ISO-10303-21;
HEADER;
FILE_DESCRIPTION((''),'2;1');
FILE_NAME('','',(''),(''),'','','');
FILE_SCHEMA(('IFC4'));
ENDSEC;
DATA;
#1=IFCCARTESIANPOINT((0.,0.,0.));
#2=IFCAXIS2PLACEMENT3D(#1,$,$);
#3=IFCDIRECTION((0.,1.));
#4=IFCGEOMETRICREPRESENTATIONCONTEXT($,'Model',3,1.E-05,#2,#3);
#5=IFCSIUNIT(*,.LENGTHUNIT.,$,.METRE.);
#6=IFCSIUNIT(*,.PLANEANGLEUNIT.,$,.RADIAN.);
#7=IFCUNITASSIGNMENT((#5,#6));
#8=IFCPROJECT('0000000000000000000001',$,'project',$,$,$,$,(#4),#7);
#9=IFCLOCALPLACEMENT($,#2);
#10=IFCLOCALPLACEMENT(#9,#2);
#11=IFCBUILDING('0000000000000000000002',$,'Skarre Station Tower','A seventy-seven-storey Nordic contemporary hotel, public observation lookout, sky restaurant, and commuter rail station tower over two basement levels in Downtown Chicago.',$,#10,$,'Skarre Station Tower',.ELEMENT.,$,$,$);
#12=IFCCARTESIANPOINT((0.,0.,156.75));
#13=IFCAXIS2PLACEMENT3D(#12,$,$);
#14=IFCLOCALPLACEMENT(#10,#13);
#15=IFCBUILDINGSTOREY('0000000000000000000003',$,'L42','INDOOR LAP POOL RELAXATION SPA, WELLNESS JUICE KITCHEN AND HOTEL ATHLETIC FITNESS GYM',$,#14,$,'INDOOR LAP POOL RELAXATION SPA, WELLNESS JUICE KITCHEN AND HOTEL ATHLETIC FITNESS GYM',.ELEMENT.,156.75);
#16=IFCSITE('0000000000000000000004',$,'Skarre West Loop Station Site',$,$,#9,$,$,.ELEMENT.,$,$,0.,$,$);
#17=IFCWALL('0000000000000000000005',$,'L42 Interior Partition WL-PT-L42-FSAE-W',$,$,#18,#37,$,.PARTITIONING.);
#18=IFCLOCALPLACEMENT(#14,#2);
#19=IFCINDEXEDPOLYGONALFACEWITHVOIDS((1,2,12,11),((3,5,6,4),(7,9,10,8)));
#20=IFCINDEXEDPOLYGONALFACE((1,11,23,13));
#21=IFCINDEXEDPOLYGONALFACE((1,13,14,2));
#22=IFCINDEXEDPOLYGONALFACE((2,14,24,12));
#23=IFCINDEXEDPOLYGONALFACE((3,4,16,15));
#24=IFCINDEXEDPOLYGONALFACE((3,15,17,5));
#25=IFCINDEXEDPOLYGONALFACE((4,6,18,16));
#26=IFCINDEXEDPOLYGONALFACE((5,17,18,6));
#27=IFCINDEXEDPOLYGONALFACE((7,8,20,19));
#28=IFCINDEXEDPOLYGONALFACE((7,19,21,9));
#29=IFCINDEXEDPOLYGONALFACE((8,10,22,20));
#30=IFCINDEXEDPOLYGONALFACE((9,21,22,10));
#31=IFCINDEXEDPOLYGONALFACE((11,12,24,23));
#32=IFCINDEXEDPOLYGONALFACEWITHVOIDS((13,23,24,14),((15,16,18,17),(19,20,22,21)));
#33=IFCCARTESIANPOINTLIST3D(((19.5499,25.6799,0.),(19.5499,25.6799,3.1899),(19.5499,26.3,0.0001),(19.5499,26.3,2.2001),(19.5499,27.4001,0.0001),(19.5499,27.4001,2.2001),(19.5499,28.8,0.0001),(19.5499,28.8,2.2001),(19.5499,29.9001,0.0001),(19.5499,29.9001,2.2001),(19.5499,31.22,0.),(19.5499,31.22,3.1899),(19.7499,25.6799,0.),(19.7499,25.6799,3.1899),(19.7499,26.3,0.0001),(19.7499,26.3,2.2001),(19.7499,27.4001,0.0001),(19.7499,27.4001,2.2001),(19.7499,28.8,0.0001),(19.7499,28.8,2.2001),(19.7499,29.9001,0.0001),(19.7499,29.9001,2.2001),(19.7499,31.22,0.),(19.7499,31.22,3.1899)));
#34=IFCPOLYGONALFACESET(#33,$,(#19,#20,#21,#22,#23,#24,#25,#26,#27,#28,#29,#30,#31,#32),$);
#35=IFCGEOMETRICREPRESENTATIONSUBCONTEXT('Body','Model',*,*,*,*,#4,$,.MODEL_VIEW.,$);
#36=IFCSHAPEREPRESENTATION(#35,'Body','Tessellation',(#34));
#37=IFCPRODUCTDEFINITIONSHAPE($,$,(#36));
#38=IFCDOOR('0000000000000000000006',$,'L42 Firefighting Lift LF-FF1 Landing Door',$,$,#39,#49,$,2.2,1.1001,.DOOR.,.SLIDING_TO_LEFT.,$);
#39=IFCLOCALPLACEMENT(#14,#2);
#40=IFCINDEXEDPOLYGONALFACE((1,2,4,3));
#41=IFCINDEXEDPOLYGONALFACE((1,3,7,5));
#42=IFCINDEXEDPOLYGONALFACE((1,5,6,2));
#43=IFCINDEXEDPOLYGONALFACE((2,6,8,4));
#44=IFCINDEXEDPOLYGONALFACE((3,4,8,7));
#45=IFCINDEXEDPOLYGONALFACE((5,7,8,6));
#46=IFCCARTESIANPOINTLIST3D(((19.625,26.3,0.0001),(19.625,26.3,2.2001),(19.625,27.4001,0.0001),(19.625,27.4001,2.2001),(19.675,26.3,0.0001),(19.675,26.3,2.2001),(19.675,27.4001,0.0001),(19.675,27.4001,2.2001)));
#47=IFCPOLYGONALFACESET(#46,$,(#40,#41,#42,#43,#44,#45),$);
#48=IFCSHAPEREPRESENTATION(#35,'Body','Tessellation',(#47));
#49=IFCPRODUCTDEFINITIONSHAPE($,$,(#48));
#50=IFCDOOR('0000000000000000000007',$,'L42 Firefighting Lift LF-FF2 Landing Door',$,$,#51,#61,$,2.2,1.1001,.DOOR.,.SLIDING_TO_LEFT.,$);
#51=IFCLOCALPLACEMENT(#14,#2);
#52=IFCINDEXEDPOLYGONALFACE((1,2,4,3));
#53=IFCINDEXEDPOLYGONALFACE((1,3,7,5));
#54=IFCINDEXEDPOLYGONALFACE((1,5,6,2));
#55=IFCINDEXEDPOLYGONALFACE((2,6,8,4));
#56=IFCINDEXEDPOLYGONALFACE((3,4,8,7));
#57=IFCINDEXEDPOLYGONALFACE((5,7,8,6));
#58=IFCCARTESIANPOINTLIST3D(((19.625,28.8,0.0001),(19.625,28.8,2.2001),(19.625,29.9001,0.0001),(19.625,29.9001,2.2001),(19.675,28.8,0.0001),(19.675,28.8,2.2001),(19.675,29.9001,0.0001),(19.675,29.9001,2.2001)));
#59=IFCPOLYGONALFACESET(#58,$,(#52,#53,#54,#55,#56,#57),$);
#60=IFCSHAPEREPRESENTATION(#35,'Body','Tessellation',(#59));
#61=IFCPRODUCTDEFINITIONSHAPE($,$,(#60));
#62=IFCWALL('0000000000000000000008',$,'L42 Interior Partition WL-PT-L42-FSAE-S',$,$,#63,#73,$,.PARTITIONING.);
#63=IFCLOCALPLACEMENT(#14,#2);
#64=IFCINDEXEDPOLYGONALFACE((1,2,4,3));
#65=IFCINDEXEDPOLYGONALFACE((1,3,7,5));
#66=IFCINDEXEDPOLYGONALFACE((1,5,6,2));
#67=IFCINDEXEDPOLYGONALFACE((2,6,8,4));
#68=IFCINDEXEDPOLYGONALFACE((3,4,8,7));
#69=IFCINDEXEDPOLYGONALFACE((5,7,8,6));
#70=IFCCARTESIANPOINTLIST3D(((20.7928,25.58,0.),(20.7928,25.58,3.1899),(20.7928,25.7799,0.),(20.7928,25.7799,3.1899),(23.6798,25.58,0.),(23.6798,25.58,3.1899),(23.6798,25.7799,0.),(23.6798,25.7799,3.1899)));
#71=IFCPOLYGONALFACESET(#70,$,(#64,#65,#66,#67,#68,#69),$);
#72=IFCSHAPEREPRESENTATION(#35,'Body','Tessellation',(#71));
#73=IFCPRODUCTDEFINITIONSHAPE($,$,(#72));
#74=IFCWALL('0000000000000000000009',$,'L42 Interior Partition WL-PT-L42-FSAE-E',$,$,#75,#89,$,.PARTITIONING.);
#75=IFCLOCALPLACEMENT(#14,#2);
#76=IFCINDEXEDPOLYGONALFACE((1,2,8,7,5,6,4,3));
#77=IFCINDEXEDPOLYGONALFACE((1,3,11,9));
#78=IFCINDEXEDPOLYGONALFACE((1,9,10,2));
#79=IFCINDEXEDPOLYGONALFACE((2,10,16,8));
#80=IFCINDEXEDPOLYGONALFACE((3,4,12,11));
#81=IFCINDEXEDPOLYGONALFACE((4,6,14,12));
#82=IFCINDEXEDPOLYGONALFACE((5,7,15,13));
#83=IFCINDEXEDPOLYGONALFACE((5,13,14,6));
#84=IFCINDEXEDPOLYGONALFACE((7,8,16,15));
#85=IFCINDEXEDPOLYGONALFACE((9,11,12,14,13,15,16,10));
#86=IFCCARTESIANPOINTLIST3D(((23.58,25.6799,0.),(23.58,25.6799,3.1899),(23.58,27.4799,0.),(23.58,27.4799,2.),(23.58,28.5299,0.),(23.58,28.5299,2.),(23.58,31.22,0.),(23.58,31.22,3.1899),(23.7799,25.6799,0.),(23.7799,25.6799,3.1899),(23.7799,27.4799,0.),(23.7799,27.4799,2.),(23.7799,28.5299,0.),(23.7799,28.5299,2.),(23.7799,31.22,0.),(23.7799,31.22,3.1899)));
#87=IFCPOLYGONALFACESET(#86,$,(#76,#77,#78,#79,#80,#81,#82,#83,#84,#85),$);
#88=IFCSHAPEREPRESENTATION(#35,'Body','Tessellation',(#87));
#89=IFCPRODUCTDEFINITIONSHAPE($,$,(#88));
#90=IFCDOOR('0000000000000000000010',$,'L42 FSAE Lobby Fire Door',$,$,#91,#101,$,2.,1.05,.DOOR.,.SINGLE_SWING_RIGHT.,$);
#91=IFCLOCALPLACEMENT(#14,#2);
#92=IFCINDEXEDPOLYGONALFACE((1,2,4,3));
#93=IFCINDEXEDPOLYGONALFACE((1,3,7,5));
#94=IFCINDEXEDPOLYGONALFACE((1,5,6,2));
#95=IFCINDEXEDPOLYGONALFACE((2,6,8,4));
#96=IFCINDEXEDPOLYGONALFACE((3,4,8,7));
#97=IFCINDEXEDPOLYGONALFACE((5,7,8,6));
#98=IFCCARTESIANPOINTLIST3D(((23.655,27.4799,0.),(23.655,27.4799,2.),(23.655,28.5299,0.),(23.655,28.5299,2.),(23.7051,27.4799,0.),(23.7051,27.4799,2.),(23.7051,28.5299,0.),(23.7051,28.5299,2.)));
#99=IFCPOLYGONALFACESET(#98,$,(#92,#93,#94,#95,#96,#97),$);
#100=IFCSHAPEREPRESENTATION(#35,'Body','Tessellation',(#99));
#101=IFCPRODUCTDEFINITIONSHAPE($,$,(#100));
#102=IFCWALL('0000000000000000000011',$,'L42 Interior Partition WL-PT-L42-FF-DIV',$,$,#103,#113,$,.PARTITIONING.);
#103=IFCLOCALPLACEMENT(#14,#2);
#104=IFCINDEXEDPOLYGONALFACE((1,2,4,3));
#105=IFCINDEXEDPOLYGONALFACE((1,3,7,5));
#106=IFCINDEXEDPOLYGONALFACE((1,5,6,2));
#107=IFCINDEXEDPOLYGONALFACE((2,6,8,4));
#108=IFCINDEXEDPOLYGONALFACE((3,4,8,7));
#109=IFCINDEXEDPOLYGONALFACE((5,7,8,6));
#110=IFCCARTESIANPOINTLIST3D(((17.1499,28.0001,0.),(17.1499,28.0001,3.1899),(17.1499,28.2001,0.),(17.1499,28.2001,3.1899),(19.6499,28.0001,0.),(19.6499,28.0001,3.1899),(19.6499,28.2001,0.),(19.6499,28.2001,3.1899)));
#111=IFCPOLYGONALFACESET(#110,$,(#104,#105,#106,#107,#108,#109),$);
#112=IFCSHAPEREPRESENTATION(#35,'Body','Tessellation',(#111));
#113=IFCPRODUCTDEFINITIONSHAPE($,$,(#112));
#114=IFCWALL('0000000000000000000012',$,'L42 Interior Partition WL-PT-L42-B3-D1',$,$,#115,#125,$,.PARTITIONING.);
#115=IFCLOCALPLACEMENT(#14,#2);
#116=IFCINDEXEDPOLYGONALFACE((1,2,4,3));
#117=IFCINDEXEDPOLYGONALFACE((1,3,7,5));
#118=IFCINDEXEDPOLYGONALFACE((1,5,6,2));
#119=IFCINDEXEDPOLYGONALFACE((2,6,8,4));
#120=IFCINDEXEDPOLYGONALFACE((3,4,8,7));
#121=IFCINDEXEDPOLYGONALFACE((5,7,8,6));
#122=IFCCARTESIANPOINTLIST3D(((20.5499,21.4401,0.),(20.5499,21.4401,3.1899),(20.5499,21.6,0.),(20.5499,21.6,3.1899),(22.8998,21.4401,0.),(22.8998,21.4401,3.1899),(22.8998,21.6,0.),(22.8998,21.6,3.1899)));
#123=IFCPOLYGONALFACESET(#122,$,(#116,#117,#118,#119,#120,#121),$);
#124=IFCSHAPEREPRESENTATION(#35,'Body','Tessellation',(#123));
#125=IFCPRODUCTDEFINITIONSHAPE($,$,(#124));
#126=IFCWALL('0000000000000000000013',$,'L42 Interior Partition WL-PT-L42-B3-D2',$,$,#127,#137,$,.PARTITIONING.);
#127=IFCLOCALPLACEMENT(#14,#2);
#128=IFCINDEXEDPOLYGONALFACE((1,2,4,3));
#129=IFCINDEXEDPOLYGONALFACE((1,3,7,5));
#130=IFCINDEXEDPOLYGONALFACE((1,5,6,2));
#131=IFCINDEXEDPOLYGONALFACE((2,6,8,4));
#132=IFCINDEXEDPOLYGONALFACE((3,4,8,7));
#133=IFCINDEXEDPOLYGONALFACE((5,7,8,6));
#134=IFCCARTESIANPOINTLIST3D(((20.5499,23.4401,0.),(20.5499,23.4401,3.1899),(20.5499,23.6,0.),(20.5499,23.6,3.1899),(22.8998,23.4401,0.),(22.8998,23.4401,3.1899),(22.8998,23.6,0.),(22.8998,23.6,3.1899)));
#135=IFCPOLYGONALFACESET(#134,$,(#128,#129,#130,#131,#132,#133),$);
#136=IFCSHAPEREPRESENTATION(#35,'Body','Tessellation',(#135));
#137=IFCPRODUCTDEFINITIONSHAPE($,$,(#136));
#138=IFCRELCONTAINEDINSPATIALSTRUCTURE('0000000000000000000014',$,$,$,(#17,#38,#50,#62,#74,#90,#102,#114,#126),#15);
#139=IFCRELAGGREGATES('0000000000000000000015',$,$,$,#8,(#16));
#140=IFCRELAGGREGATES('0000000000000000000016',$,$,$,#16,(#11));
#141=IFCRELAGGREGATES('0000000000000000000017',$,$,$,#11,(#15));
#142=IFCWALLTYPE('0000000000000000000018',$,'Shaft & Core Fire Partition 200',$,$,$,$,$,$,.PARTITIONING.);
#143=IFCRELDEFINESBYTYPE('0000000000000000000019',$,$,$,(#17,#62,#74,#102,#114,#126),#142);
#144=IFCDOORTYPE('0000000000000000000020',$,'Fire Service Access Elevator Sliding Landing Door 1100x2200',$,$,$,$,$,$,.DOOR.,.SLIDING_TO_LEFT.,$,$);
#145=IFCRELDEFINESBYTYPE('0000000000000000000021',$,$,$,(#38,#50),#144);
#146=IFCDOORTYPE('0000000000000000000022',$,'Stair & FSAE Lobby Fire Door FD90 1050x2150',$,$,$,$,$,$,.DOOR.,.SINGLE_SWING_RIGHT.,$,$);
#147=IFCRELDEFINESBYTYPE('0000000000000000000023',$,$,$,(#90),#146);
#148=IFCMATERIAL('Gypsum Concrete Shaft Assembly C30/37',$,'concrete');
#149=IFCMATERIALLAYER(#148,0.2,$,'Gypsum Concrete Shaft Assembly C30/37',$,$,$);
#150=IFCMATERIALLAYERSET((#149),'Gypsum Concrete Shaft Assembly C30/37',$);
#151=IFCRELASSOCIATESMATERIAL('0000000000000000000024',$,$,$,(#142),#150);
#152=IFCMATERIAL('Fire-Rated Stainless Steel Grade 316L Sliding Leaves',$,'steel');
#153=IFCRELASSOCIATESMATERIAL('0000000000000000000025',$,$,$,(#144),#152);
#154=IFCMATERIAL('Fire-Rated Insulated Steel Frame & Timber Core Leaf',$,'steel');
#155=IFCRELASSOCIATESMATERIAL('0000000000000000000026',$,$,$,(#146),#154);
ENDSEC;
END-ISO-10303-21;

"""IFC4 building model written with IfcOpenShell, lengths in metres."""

from ifc_helpers import new_model, si_unit, direction, frame, frame_2d, origin, place, context, subcontext, project, spatial, rectangle, extrude, material, layer, layer_set, type_object, element, fill, save


model = new_model("IFC4")

# Units and contexts
model_context = context("Model", 3, precision=1e-05, world=origin(), true_north=direction((0.0, 1.0)))
body_context = subcontext(model_context, "Body", "Model", "MODEL_VIEW")
ifc_project = project(units=[si_unit("LENGTHUNIT", "METRE"), si_unit("PLANEANGLEUNIT", "RADIAN")], contexts=[model_context])

# Site, building, storey
site_placement = place(None, origin())
site = spatial("IfcSite", under=ifc_project, at=site_placement, Name="Skarre West Loop Station Site", CompositionType="ELEMENT", RefElevation=0.0)
building_placement = place(site_placement, origin())
building = spatial("IfcBuilding", under=site, at=building_placement, Name="Skarre Station Tower", Description="A seventy-seven-storey Nordic contemporary hotel, public observation lookout, sky restaurant, and commuter rail station tower over two basement levels in Downtown Chicago.", LongName="Skarre Station Tower", CompositionType="ELEMENT")
storey_placement = place(building_placement, frame((0.0, 0.0, 156.75)))
storey = spatial("IfcBuildingStorey", under=building, at=storey_placement, Name="L42", Description="INDOOR LAP POOL RELAXATION SPA, WELLNESS JUICE KITCHEN AND HOTEL ATHLETIC FITNESS GYM", LongName="INDOOR LAP POOL RELAXATION SPA, WELLNESS JUICE KITCHEN AND HOTEL ATHLETIC FITNESS GYM", CompositionType="ELEMENT", Elevation=156.75)

# Wall, openings, doors
ifc_material_1 = material(Name="Gypsum Concrete Shaft Assembly C30/37", Category="concrete")
ifc_layer_1 = layer(ifc_material_1, 0.2, Name="Gypsum Concrete Shaft Assembly C30/37")
ifc_layer_set_1 = layer_set([ifc_layer_1], Name="Gypsum Concrete Shaft Assembly C30/37")
wall_type_1 = type_object("IfcWallType", Name="Shaft & Core Fire Partition 200", PredefinedType="PARTITIONING", material=ifc_layer_set_1)
wall_1_placement = place(storey_placement, frame((19.6499, 25.6799, 0.0), z_axis=(0.0, 0.0, 1.0), x_axis=(0.0, 1.0, 0.0)))
wall_1 = element("IfcWall", 1, at=wall_1_placement, inside=storey, type_object=wall_type_1, Name="L42 Interior Partition WL-PT-L42-FSAE-W", PredefinedType="PARTITIONING", context=body_context, shape_type="SweptSolid", body=[
    extrude(rectangle(XDim=5.54, YDim=0.2, at=frame_2d((2.77, 0.0))), origin(), (0.0, 0.0, 1.0), 3.1899),
])
opening_1_placement = place(wall_1_placement, frame((0.6201, 0.0, 0.0)))
opening_1 = element("IfcOpeningElement", 2, at=opening_1_placement, cuts=wall_1, PredefinedType="OPENING", context=body_context, shape_type="SweptSolid", body=[
    extrude(rectangle(XDim=1.1001, YDim=2.2, at=frame_2d((0.55, 1.1001))), frame((0.0, 0.1099, 0.0), z_axis=(0.0, -1.0, 0.0), x_axis=(1.0, 0.0, 0.0)), (0.0, 0.0, 1.0), 0.22),
])
opening_2_placement = place(wall_1_placement, frame((3.1201, 0.0, 0.0)))
opening_2 = element("IfcOpeningElement", 3, at=opening_2_placement, cuts=wall_1, PredefinedType="OPENING", context=body_context, shape_type="SweptSolid", body=[
    extrude(rectangle(XDim=1.1001, YDim=2.2, at=frame_2d((0.55, 1.1001))), frame((0.0, 0.1099, 0.0), z_axis=(0.0, -1.0, 0.0), x_axis=(1.0, 0.0, 0.0)), (0.0, 0.0, 1.0), 0.22),
])
ifc_material_2 = material(Name="Fire-Rated Stainless Steel Grade 316L Sliding Leaves", Category="steel")
door_type_1 = type_object("IfcDoorType", Name="Fire Service Access Elevator Sliding Landing Door 1100x2200", OperationType="SLIDING_TO_LEFT", PredefinedType="DOOR", material=ifc_material_2)
door_1_placement = place(opening_1_placement, origin())
door_1 = element("IfcDoor", 4, at=door_1_placement, inside=storey, type_object=door_type_1, Name="L42 Firefighting Lift LF-FF1 Landing Door", OperationType="SLIDING_TO_LEFT", OverallHeight=2.2, OverallWidth=1.1001, PredefinedType="DOOR", context=body_context, shape_type="SweptSolid", body=[
    extrude(rectangle(XDim=1.1001, YDim=2.2, at=frame_2d((0.55, 1.1001))), frame((0.0, 0.0249, 0.0), z_axis=(0.0, -1.0, 0.0), x_axis=(1.0, 0.0, 0.0)), (0.0, 0.0, 1.0), 0.05),
])
fill(opening_1, door_1)
door_2_placement = place(opening_2_placement, origin())
door_2 = element("IfcDoor", 5, at=door_2_placement, inside=storey, type_object=door_type_1, Name="L42 Firefighting Lift LF-FF2 Landing Door", OperationType="SLIDING_TO_LEFT", OverallHeight=2.2, OverallWidth=1.1001, PredefinedType="DOOR", context=body_context, shape_type="SweptSolid", body=[
    extrude(rectangle(XDim=1.1001, YDim=2.2, at=frame_2d((0.55, 1.1001))), frame((0.0, 0.0249, 0.0), z_axis=(0.0, -1.0, 0.0), x_axis=(1.0, 0.0, 0.0)), (0.0, 0.0, 1.0), 0.05),
])
fill(opening_2, door_2)

# Wall
wall_2_placement = place(storey_placement, frame((20.793, 25.6799, 0.0), z_axis=(0.0, 0.0, 1.0), x_axis=(1.0, 0.0, 0.0)))
element("IfcWall", 6, at=wall_2_placement, inside=storey, type_object=wall_type_1, Name="L42 Interior Partition WL-PT-L42-FSAE-S", PredefinedType="PARTITIONING", context=body_context, shape_type="SweptSolid", body=[
    extrude(rectangle(XDim=2.887, YDim=0.2, at=frame_2d((1.4434, 0.0))), origin(), (0.0, 0.0, 1.0), 3.1899),
])

# Wall, opening, door
wall_3_placement = place(storey_placement, frame((23.6799, 25.6799, 0.0), z_axis=(0.0, 0.0, 1.0), x_axis=(0.0, 1.0, 0.0)))
wall_3 = element("IfcWall", 7, at=wall_3_placement, inside=storey, type_object=wall_type_1, Name="L42 Interior Partition WL-PT-L42-FSAE-E", PredefinedType="PARTITIONING", context=body_context, shape_type="SweptSolid", body=[
    extrude(rectangle(XDim=5.54, YDim=0.2, at=frame_2d((2.77, 0.0))), origin(), (0.0, 0.0, 1.0), 3.1899),
])
opening_3_placement = place(wall_3_placement, frame((1.8, 0.0, 0.0)))
opening_3 = element("IfcOpeningElement", 8, at=opening_3_placement, cuts=wall_3, PredefinedType="OPENING", context=body_context, shape_type="SweptSolid", body=[
    extrude(rectangle(XDim=1.05, YDim=2.0, at=frame_2d((0.5249, 1.0))), frame((0.0, 0.1099, 0.0), z_axis=(0.0, -1.0, 0.0), x_axis=(1.0, 0.0, 0.0)), (0.0, 0.0, 1.0), 0.22),
])
ifc_material_3 = material(Name="Fire-Rated Insulated Steel Frame & Timber Core Leaf", Category="steel")
door_type_2 = type_object("IfcDoorType", Name="Stair & FSAE Lobby Fire Door FD90 1050x2150", OperationType="SINGLE_SWING_RIGHT", PredefinedType="DOOR", material=ifc_material_3)
door_3_placement = place(opening_3_placement, origin())
door_3 = element("IfcDoor", 9, at=door_3_placement, inside=storey, type_object=door_type_2, Name="L42 FSAE Lobby Fire Door", OperationType="SINGLE_SWING_RIGHT", OverallHeight=2.0, OverallWidth=1.05, PredefinedType="DOOR", context=body_context, shape_type="SweptSolid", body=[
    extrude(rectangle(XDim=1.05, YDim=2.0, at=frame_2d((0.5249, 1.0))), frame((0.0, 0.0249, 0.0), z_axis=(0.0, -1.0, 0.0), x_axis=(1.0, 0.0, 0.0)), (0.0, 0.0, 1.0), 0.05),
])
fill(opening_3, door_3)

# Walls
wall_4_placement = place(storey_placement, frame((17.1499, 28.1001, 0.0), z_axis=(0.0, 0.0, 1.0), x_axis=(1.0, 0.0, 0.0)))
element("IfcWall", 10, at=wall_4_placement, inside=storey, type_object=wall_type_1, Name="L42 Interior Partition WL-PT-L42-FF-DIV", PredefinedType="PARTITIONING", context=body_context, shape_type="SweptSolid", body=[
    extrude(rectangle(XDim=2.5, YDim=0.2, at=frame_2d((1.25, 0.0))), origin(), (0.0, 0.0, 1.0), 3.1899),
])
for number, where, z_axis, x_axis, name in (
    (11, (20.55, 21.52, 0.0), (0.0, 0.0, 1.0), (1.0, 0.0, 0.0), "L42 Interior Partition WL-PT-L42-B3-D1"),
    (12, (20.55, 23.52, 0.0), (0.0, 0.0, 1.0), (1.0, 0.0, 0.0), "L42 Interior Partition WL-PT-L42-B3-D2"),
):
    element("IfcWall", number, at=place(storey_placement, frame(where, z_axis=z_axis, x_axis=x_axis)), inside=storey, type_object=wall_type_1, Name=name, PredefinedType="PARTITIONING", context=body_context, shape_type="SweptSolid", body=[
        extrude(rectangle(XDim=2.3499, YDim=0.1599, at=frame_2d((1.1748, 0.0))), origin(), (0.0, 0.0, 1.0), 3.1899),
    ])

save(model, "model.ifc")
